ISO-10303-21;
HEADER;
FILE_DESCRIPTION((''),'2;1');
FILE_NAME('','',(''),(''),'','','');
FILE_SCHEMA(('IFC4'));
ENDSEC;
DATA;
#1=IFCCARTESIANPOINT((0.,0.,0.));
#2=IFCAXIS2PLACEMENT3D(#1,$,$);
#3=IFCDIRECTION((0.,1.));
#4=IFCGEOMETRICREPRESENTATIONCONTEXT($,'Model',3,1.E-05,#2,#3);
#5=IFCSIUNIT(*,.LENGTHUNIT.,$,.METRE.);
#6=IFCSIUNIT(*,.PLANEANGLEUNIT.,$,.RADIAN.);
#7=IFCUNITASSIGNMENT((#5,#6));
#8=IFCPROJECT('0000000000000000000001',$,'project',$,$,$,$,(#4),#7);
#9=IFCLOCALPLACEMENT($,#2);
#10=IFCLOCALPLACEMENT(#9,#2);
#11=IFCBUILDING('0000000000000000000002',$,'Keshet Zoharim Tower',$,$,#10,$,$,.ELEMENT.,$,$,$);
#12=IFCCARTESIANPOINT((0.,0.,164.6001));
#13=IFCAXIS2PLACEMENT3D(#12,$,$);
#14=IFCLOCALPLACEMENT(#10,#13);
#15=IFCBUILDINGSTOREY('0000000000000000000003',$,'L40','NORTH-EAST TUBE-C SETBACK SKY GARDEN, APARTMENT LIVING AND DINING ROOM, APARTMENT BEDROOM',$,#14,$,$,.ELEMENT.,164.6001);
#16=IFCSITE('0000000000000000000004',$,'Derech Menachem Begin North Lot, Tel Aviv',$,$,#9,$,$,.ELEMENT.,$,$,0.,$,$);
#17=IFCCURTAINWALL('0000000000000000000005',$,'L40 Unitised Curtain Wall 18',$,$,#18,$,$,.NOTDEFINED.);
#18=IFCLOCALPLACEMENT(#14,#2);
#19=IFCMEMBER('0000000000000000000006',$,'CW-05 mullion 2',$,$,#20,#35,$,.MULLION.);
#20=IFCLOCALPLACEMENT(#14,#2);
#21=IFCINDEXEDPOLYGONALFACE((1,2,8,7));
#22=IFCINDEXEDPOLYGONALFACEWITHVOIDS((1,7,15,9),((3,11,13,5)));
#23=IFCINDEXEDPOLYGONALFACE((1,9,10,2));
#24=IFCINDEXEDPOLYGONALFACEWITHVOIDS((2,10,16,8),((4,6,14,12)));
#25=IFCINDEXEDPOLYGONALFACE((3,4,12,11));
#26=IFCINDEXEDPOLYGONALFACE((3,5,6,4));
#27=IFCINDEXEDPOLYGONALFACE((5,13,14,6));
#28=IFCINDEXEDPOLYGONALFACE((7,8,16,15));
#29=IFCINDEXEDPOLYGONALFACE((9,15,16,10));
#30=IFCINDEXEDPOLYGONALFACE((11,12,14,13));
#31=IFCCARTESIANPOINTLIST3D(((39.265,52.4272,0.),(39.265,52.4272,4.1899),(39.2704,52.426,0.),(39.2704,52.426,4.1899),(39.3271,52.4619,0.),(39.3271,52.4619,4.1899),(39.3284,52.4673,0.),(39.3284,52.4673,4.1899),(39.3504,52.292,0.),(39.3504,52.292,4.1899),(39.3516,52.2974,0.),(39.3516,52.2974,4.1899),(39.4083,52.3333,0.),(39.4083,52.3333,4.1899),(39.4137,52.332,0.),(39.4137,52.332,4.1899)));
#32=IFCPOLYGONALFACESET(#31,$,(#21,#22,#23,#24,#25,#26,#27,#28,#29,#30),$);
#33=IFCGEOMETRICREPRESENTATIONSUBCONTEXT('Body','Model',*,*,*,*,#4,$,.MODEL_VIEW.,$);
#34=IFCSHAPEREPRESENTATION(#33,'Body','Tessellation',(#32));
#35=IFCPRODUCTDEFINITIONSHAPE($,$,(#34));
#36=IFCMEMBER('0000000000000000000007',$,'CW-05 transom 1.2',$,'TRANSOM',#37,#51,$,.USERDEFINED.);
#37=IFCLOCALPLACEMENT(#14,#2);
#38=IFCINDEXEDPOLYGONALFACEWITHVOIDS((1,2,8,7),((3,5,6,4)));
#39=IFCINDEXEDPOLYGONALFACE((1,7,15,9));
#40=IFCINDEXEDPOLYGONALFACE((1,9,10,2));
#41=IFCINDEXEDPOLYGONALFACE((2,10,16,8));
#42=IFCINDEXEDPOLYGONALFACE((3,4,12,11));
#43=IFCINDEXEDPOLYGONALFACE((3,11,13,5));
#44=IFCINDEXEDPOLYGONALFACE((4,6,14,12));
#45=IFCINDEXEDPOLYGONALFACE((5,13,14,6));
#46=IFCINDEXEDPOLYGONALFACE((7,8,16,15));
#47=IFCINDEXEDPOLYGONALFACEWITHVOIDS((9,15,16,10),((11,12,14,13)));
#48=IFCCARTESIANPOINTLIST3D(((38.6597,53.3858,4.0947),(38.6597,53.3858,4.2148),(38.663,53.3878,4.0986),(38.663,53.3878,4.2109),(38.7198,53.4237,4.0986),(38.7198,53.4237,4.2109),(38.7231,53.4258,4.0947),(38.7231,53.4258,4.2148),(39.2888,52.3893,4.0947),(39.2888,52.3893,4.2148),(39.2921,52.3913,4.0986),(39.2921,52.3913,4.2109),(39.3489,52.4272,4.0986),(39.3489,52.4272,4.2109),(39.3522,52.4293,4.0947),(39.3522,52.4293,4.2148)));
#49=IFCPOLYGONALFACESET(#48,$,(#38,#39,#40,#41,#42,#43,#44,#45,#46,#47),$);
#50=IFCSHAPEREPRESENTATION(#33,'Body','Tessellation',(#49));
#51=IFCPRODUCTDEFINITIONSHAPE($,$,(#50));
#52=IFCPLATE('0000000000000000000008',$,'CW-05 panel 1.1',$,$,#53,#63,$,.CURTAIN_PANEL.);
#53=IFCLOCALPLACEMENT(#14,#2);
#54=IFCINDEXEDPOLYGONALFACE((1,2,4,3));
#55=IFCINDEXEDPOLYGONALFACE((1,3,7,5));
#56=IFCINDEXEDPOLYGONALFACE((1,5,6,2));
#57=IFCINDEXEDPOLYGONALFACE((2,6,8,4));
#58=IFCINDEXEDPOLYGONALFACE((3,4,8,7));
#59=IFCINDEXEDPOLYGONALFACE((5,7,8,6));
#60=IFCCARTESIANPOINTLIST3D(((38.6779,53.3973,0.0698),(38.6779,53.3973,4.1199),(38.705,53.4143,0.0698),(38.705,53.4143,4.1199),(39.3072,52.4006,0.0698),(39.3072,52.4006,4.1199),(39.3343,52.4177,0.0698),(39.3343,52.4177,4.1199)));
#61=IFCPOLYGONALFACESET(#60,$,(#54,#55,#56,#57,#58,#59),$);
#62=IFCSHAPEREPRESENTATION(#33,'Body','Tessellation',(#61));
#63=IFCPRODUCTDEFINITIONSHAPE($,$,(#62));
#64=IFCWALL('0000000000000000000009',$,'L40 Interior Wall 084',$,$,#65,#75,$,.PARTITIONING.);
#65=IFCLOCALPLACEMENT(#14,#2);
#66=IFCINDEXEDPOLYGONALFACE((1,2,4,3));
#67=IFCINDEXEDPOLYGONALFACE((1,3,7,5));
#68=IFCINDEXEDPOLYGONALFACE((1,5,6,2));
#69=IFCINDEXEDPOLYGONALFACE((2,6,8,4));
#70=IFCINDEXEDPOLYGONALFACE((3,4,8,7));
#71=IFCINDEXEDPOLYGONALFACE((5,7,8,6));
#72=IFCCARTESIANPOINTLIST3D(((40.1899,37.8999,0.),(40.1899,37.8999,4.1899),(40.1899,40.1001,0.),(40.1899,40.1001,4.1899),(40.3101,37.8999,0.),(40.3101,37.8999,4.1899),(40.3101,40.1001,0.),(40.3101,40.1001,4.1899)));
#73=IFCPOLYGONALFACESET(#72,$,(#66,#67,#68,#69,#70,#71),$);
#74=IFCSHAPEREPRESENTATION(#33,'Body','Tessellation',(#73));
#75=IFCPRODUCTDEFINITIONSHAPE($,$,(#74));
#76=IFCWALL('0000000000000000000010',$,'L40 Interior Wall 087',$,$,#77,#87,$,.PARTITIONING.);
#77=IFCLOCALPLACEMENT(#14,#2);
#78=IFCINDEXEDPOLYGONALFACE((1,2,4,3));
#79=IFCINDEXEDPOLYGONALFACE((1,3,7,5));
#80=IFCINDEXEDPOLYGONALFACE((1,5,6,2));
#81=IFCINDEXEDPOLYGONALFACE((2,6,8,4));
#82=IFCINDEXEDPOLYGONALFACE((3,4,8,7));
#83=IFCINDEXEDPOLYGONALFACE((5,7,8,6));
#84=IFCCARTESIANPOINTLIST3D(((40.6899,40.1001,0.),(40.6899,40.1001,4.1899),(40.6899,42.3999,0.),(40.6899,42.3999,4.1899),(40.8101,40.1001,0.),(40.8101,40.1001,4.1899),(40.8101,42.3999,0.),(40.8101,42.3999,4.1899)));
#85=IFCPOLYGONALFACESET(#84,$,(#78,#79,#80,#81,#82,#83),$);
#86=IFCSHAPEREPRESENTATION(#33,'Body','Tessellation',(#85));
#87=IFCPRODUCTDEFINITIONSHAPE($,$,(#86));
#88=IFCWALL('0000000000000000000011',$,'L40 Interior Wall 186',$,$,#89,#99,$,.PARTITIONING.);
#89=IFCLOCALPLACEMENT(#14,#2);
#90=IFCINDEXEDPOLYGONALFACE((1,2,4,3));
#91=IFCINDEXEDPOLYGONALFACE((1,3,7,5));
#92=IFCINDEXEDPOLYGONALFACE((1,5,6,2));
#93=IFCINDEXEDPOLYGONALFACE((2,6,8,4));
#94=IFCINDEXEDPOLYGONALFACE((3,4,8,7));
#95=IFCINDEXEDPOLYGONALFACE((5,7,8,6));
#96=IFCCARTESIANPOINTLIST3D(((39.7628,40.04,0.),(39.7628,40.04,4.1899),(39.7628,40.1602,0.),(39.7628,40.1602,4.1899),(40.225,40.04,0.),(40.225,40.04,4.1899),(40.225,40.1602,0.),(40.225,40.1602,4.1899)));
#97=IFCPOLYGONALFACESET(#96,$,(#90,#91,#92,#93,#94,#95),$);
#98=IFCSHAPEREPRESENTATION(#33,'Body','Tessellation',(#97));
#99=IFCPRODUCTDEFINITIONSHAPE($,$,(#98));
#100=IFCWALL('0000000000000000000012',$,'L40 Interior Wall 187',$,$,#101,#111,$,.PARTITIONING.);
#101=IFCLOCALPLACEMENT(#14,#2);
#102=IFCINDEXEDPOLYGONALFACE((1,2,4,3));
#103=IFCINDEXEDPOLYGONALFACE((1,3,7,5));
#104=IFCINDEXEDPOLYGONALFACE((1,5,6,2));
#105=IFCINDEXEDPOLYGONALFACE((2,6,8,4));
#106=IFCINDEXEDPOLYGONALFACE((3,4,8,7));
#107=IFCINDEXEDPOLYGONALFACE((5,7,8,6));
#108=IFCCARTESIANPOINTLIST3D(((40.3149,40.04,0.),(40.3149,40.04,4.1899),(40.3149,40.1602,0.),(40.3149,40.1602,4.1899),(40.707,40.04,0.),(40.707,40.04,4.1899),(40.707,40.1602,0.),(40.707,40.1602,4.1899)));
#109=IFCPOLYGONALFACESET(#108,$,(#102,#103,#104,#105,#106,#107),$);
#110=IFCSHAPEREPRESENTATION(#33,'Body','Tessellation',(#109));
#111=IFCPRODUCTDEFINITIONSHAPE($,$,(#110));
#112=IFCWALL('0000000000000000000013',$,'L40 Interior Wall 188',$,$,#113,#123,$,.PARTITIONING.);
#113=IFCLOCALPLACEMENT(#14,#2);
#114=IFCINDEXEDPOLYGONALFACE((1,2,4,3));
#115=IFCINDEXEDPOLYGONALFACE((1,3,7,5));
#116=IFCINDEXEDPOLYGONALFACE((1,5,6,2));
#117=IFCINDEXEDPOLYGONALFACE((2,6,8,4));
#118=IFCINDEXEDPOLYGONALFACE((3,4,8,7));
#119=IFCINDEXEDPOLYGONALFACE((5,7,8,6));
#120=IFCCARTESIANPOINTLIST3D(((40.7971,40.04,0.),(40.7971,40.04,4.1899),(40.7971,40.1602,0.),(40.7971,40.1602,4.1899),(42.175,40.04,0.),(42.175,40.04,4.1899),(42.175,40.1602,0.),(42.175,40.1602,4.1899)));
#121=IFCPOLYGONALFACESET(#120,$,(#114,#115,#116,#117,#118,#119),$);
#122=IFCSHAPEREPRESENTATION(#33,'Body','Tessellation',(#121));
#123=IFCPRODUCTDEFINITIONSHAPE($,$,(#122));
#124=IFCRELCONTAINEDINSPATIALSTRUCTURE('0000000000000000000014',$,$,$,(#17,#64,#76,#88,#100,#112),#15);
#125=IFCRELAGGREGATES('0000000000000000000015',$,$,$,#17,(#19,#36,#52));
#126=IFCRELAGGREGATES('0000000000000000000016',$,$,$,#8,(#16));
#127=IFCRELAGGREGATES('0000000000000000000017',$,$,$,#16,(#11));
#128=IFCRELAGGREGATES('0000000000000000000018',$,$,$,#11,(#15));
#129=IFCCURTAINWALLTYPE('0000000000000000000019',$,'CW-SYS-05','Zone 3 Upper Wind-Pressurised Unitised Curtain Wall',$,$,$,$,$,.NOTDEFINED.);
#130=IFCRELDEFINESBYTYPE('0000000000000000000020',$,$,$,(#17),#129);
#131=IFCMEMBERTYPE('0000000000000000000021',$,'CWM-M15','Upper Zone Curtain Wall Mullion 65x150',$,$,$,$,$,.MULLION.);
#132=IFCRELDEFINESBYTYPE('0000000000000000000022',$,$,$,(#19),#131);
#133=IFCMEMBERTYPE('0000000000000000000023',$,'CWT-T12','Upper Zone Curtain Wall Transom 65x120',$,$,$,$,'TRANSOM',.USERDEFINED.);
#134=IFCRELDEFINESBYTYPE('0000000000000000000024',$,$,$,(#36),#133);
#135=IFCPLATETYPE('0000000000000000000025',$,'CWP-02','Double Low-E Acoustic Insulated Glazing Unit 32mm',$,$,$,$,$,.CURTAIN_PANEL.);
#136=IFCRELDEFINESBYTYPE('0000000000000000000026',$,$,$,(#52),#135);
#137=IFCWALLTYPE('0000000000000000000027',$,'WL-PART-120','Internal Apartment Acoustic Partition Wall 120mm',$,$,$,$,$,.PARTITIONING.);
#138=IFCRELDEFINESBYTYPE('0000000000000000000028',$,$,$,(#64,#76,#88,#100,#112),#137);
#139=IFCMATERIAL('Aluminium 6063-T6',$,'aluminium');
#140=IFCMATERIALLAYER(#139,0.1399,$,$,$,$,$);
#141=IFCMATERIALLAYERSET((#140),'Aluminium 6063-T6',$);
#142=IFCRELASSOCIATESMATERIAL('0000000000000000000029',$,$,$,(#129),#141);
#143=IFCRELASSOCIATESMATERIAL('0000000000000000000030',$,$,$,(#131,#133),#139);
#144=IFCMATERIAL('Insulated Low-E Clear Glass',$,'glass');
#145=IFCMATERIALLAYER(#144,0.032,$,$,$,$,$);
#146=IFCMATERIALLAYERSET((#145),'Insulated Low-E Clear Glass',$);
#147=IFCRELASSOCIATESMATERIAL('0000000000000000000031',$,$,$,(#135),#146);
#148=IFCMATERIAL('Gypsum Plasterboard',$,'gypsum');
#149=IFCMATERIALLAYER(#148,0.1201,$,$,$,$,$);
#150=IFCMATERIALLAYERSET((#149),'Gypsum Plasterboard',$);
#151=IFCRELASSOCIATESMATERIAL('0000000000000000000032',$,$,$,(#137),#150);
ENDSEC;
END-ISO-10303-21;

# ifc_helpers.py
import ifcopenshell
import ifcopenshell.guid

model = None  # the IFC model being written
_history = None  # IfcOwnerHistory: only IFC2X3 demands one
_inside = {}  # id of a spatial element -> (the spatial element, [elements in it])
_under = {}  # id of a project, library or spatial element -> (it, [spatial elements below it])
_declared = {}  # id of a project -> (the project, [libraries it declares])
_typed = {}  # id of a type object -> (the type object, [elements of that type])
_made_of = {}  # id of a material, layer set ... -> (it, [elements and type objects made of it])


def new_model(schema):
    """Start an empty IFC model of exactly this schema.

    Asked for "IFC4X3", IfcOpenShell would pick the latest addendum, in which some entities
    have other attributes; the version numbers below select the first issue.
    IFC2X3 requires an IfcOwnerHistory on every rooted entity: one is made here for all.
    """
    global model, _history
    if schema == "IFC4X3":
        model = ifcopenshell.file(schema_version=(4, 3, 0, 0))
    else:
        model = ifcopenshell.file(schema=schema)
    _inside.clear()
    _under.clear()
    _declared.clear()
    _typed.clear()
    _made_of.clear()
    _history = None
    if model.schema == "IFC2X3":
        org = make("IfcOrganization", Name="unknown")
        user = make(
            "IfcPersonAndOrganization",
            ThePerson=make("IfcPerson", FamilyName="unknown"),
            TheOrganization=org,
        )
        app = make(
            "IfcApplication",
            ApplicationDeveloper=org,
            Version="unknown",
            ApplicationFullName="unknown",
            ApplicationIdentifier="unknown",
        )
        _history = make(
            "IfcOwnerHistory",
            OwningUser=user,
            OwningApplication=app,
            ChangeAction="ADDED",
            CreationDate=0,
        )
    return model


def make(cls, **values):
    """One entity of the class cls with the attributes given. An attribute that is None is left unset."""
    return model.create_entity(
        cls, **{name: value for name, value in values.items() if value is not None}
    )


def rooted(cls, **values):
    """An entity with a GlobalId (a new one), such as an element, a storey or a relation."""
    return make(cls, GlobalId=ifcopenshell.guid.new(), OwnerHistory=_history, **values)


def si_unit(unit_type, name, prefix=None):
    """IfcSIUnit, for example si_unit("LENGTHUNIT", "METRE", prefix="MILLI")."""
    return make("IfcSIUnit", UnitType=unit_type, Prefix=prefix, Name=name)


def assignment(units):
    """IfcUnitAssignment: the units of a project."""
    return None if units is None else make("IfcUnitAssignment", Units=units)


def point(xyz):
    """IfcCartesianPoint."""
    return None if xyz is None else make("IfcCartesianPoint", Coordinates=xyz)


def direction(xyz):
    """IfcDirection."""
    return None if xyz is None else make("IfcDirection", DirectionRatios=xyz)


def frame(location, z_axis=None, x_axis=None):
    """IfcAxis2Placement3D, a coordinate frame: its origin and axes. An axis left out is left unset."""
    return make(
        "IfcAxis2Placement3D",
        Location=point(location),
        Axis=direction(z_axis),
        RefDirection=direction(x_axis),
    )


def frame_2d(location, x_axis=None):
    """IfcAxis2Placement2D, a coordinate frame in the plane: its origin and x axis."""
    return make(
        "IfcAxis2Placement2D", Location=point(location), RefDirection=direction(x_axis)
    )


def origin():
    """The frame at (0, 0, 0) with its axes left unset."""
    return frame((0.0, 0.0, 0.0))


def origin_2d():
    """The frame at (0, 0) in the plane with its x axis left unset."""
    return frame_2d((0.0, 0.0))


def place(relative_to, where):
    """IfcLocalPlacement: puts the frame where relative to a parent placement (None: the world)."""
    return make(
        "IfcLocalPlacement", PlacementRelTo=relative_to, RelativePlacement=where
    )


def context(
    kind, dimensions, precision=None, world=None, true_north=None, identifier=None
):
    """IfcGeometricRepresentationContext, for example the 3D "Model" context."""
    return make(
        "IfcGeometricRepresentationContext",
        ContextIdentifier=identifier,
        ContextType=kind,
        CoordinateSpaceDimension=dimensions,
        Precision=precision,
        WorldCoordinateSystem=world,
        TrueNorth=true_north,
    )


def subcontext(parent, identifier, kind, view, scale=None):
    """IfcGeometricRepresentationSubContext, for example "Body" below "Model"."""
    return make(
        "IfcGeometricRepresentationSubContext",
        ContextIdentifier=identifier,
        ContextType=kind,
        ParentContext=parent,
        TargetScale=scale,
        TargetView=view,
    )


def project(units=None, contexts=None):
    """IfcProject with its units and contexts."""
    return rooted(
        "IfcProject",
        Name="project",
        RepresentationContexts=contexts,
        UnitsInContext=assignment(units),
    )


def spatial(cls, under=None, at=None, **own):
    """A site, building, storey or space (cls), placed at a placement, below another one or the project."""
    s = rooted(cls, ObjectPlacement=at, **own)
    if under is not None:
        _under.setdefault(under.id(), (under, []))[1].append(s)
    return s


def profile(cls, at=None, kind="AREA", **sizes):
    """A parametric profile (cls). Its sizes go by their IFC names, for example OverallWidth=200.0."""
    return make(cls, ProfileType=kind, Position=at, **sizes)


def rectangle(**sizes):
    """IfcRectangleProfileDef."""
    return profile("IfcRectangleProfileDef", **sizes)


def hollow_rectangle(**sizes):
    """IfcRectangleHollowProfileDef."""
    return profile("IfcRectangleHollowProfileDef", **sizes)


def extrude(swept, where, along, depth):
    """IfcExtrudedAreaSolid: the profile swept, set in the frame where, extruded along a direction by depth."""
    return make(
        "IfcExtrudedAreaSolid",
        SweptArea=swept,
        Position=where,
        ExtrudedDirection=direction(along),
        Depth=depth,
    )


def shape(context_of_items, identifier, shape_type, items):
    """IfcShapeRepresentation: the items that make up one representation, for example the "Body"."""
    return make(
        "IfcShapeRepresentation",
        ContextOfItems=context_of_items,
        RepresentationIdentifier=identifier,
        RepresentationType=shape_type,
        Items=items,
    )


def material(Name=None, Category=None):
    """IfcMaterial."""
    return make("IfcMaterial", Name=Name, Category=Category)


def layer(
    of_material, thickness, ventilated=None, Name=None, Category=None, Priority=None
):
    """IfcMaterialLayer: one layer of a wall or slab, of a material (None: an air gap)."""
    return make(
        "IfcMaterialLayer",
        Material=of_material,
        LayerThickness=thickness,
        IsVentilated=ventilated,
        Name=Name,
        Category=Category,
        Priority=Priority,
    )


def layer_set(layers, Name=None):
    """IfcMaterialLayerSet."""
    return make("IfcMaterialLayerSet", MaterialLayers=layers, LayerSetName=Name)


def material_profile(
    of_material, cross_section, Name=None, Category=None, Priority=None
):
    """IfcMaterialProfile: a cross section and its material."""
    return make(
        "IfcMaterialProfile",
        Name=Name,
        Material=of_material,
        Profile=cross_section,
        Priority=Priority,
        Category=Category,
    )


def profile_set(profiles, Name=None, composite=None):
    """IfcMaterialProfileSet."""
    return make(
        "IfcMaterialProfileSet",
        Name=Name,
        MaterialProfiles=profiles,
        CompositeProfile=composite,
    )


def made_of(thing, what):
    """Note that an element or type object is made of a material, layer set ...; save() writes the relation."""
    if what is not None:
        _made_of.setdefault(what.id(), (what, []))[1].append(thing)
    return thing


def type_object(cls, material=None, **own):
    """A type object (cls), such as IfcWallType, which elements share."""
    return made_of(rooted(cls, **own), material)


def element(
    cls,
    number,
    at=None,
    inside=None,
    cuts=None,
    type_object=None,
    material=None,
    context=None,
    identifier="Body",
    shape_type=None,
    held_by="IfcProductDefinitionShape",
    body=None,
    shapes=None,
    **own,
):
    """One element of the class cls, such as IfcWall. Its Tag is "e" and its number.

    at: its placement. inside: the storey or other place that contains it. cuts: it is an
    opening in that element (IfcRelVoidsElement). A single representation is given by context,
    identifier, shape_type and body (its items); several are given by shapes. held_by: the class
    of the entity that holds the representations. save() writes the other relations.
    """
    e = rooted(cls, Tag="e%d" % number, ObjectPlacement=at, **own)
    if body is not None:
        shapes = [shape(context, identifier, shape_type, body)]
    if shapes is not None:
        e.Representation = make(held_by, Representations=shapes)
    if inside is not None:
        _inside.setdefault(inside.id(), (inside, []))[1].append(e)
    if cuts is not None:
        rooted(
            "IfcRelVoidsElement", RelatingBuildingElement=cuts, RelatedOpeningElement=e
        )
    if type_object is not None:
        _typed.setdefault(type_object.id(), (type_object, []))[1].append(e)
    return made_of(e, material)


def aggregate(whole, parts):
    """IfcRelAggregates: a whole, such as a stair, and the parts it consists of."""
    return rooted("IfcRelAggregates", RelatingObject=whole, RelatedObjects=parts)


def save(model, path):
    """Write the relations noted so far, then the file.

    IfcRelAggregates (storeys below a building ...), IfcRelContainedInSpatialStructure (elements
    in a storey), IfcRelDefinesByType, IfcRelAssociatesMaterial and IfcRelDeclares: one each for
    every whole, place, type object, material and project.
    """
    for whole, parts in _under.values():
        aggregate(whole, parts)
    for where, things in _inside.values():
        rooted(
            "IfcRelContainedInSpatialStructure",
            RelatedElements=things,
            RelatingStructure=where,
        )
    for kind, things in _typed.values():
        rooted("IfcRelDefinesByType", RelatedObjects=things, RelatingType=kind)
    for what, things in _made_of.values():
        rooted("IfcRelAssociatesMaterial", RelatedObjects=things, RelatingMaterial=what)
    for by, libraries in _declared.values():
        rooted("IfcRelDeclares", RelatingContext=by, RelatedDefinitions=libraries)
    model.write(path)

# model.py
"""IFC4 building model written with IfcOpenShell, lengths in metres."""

from ifc_helpers import new_model, si_unit, direction, frame, frame_2d, origin, origin_2d, place, context, subcontext, project, spatial, rectangle, hollow_rectangle, extrude, material, layer, layer_set, material_profile, profile_set, type_object, element, aggregate, save


model = new_model("IFC4")

# Units and contexts
model_context = context("Model", 3, precision=1e-05, world=origin(), true_north=direction((0.0, 1.0)))
body_context = subcontext(model_context, "Body", "Model", "MODEL_VIEW")
ifc_project = project(units=[si_unit("LENGTHUNIT", "METRE"), si_unit("PLANEANGLEUNIT", "RADIAN")], contexts=[model_context])

# Site, building, storey
site_placement = place(None, origin())
site = spatial("IfcSite", under=ifc_project, at=site_placement, Name="Derech Menachem Begin North Lot, Tel Aviv", CompositionType="ELEMENT", RefElevation=0.0)
building_placement = place(site_placement, origin())
building = spatial("IfcBuilding", under=site, at=building_placement, Name="Keshet Zoharim Tower", CompositionType="ELEMENT")
storey_placement = place(building_placement, frame((0.0, 0.0, 164.6001)))
storey = spatial("IfcBuildingStorey", under=building, at=storey_placement, Name="L40", Description="NORTH-EAST TUBE-C SETBACK SKY GARDEN, APARTMENT LIVING AND DINING ROOM, APARTMENT BEDROOM", CompositionType="ELEMENT", Elevation=164.6001)

# Curtain wall, members, plate
ifc_material_1 = material(Name="Aluminium 6063-T6", Category="aluminium")
ifc_layer_1 = layer(ifc_material_1, 0.1399)
ifc_layer_set_1 = layer_set([ifc_layer_1], Name="Aluminium 6063-T6")
curtain_wall_type = type_object("IfcCurtainWallType", Name="CW-SYS-05", Description="Zone 3 Upper Wind-Pressurised Unitised Curtain Wall", PredefinedType="NOTDEFINED", material=ifc_layer_set_1)
curtain_wall_placement = place(storey_placement, origin())
curtain_wall = element("IfcCurtainWall", 1, at=curtain_wall_placement, inside=storey, type_object=curtain_wall_type, Name="L40 Unitised Curtain Wall 18", PredefinedType="NOTDEFINED")
ifc_material_profile_1 = material_profile(ifc_material_1, hollow_rectangle(XDim=0.075, YDim=0.1599, WallThickness=0.0039, at=origin_2d()), Name="MUL-75x160")
ifc_profile_set_1 = profile_set([ifc_material_profile_1], Name="Aluminium 6063-T6")
member_type_1 = type_object("IfcMemberType", Name="CWM-M15", Description="Upper Zone Curtain Wall Mullion 65x150", PredefinedType="MULLION", material=ifc_profile_set_1)
member_1_placement = place(storey_placement, frame((39.3394, 52.3796, 0.0), z_axis=(0.0, 0.0, 1.0), x_axis=(0.845561, 0.533879, 0.0)))
member_1 = element("IfcMember", 2, at=member_1_placement, type_object=member_type_1, Name="CW-05 mullion 2", PredefinedType="MULLION", context=body_context, shape_type="SweptSolid", body=[
    extrude(hollow_rectangle(XDim=0.075, YDim=0.1599, WallThickness=0.0039, at=origin_2d()), origin(), (0.0, 0.0, 1.0), 4.1899),
])
ifc_material_profile_2 = material_profile(ifc_material_1, hollow_rectangle(XDim=0.075, YDim=0.1201, WallThickness=0.0039, at=origin_2d()), Name="TRN-75x120")
ifc_profile_set_2 = profile_set([ifc_material_profile_2], Name="Aluminium 6063-T6")
member_type_2 = type_object("IfcMemberType", Name="CWT-T12", Description="Upper Zone Curtain Wall Transom 65x120", ElementType="TRANSOM", PredefinedType="USERDEFINED", material=ifc_profile_set_2)
member_2_placement = place(storey_placement, frame((38.6914, 53.4058, 4.1548), z_axis=(0.533829, -0.845592, 0.0), x_axis=(0.845592, 0.533829, 0.0)))
member_2 = element("IfcMember", 3, at=member_2_placement, type_object=member_type_2, Name="CW-05 transom 1.2", ObjectType="TRANSOM", PredefinedType="USERDEFINED", context=body_context, shape_type="SweptSolid", body=[
    extrude(hollow_rectangle(XDim=0.075, YDim=0.1201, WallThickness=0.0039, at=origin_2d()), origin(), (0.0, 0.0, 1.0), 1.1785),
])
ifc_material_2 = material(Name="Insulated Low-E Clear Glass", Category="glass")
ifc_layer_2 = layer(ifc_material_2, 0.032)
ifc_layer_set_2 = layer_set([ifc_layer_2], Name="Insulated Low-E Clear Glass")
plate_type = type_object("IfcPlateType", Name="CWP-02", Description="Double Low-E Acoustic Insulated Glazing Unit 32mm", PredefinedType="CURTAIN_PANEL", material=ifc_layer_set_2)
plate_placement = place(storey_placement, frame((39.0061, 52.9075, 0.0698), z_axis=(0.0, 0.0, 1.0), x_axis=(0.533879, -0.845561, 0.0)))
plate = element("IfcPlate", 4, at=plate_placement, type_object=plate_type, Name="CW-05 panel 1.1", PredefinedType="CURTAIN_PANEL", context=body_context, shape_type="SweptSolid", body=[
    extrude(rectangle(XDim=1.1787, YDim=0.032, at=origin_2d()), origin(), (0.0, 0.0, 1.0), 4.05),
])
aggregate(curtain_wall, [member_1, member_2, plate])

# Walls
ifc_material_3 = material(Name="Gypsum Plasterboard", Category="gypsum")
ifc_layer_3 = layer(ifc_material_3, 0.1201)
ifc_layer_set_3 = layer_set([ifc_layer_3], Name="Gypsum Plasterboard")
wall_type_1 = type_object("IfcWallType", Name="WL-PART-120", Description="Internal Apartment Acoustic Partition Wall 120mm", PredefinedType="PARTITIONING", material=ifc_layer_set_3)
wall_1_placement = place(storey_placement, frame((40.25, 37.8999, 0.0), z_axis=(0.0, 0.0, 1.0), x_axis=(0.0, 1.0, 0.0)))
element("IfcWall", 5, at=wall_1_placement, inside=storey, type_object=wall_type_1, Name="L40 Interior Wall 084", PredefinedType="PARTITIONING", context=body_context, shape_type="SweptSolid", body=[
    extrude(rectangle(XDim=2.2002, YDim=0.1201, at=frame_2d((1.1001, 0.0))), origin(), (0.0, 0.0, 1.0), 4.1899),
])
wall_2_placement = place(storey_placement, frame((40.75, 40.1001, 0.0), z_axis=(0.0, 0.0, 1.0), x_axis=(0.0, 1.0, 0.0)))
element("IfcWall", 6, at=wall_2_placement, inside=storey, type_object=wall_type_1, Name="L40 Interior Wall 087", PredefinedType="PARTITIONING", context=body_context, shape_type="SweptSolid", body=[
    extrude(rectangle(XDim=2.2998, YDim=0.1201, at=frame_2d((1.1499, 0.0))), origin(), (0.0, 0.0, 1.0), 4.1899),
])
wall_3_placement = place(storey_placement, frame((39.7629, 40.1001, 0.0), z_axis=(0.0, 0.0, 1.0), x_axis=(1.0, 0.0, 0.0)))
element("IfcWall", 7, at=wall_3_placement, inside=storey, type_object=wall_type_1, Name="L40 Interior Wall 186", PredefinedType="PARTITIONING", context=body_context, shape_type="SweptSolid", body=[
    extrude(rectangle(XDim=0.4622, YDim=0.1201, at=frame_2d((0.231, 0.0))), origin(), (0.0, 0.0, 1.0), 4.1899),
])
wall_4_placement = place(storey_placement, frame((40.3149, 40.1001, 0.0), z_axis=(0.0, 0.0, 1.0), x_axis=(1.0, 0.0, 0.0)))
element("IfcWall", 8, at=wall_4_placement, inside=storey, type_object=wall_type_1, Name="L40 Interior Wall 187", PredefinedType="PARTITIONING", context=body_context, shape_type="SweptSolid", body=[
    extrude(rectangle(XDim=0.3921, YDim=0.1201, at=frame_2d((0.196, 0.0))), origin(), (0.0, 0.0, 1.0), 4.1899),
])
wall_5_placement = place(storey_placement, frame((40.7971, 40.1001, 0.0), z_axis=(0.0, 0.0, 1.0), x_axis=(1.0, 0.0, 0.0)))
element("IfcWall", 9, at=wall_5_placement, inside=storey, type_object=wall_type_1, Name="L40 Interior Wall 188", PredefinedType="PARTITIONING", context=body_context, shape_type="SweptSolid", body=[
    extrude(rectangle(XDim=1.3779, YDim=0.1201, at=frame_2d((0.689, 0.0))), origin(), (0.0, 0.0, 1.0), 4.1899),
])

save(model, "model.ifc")
